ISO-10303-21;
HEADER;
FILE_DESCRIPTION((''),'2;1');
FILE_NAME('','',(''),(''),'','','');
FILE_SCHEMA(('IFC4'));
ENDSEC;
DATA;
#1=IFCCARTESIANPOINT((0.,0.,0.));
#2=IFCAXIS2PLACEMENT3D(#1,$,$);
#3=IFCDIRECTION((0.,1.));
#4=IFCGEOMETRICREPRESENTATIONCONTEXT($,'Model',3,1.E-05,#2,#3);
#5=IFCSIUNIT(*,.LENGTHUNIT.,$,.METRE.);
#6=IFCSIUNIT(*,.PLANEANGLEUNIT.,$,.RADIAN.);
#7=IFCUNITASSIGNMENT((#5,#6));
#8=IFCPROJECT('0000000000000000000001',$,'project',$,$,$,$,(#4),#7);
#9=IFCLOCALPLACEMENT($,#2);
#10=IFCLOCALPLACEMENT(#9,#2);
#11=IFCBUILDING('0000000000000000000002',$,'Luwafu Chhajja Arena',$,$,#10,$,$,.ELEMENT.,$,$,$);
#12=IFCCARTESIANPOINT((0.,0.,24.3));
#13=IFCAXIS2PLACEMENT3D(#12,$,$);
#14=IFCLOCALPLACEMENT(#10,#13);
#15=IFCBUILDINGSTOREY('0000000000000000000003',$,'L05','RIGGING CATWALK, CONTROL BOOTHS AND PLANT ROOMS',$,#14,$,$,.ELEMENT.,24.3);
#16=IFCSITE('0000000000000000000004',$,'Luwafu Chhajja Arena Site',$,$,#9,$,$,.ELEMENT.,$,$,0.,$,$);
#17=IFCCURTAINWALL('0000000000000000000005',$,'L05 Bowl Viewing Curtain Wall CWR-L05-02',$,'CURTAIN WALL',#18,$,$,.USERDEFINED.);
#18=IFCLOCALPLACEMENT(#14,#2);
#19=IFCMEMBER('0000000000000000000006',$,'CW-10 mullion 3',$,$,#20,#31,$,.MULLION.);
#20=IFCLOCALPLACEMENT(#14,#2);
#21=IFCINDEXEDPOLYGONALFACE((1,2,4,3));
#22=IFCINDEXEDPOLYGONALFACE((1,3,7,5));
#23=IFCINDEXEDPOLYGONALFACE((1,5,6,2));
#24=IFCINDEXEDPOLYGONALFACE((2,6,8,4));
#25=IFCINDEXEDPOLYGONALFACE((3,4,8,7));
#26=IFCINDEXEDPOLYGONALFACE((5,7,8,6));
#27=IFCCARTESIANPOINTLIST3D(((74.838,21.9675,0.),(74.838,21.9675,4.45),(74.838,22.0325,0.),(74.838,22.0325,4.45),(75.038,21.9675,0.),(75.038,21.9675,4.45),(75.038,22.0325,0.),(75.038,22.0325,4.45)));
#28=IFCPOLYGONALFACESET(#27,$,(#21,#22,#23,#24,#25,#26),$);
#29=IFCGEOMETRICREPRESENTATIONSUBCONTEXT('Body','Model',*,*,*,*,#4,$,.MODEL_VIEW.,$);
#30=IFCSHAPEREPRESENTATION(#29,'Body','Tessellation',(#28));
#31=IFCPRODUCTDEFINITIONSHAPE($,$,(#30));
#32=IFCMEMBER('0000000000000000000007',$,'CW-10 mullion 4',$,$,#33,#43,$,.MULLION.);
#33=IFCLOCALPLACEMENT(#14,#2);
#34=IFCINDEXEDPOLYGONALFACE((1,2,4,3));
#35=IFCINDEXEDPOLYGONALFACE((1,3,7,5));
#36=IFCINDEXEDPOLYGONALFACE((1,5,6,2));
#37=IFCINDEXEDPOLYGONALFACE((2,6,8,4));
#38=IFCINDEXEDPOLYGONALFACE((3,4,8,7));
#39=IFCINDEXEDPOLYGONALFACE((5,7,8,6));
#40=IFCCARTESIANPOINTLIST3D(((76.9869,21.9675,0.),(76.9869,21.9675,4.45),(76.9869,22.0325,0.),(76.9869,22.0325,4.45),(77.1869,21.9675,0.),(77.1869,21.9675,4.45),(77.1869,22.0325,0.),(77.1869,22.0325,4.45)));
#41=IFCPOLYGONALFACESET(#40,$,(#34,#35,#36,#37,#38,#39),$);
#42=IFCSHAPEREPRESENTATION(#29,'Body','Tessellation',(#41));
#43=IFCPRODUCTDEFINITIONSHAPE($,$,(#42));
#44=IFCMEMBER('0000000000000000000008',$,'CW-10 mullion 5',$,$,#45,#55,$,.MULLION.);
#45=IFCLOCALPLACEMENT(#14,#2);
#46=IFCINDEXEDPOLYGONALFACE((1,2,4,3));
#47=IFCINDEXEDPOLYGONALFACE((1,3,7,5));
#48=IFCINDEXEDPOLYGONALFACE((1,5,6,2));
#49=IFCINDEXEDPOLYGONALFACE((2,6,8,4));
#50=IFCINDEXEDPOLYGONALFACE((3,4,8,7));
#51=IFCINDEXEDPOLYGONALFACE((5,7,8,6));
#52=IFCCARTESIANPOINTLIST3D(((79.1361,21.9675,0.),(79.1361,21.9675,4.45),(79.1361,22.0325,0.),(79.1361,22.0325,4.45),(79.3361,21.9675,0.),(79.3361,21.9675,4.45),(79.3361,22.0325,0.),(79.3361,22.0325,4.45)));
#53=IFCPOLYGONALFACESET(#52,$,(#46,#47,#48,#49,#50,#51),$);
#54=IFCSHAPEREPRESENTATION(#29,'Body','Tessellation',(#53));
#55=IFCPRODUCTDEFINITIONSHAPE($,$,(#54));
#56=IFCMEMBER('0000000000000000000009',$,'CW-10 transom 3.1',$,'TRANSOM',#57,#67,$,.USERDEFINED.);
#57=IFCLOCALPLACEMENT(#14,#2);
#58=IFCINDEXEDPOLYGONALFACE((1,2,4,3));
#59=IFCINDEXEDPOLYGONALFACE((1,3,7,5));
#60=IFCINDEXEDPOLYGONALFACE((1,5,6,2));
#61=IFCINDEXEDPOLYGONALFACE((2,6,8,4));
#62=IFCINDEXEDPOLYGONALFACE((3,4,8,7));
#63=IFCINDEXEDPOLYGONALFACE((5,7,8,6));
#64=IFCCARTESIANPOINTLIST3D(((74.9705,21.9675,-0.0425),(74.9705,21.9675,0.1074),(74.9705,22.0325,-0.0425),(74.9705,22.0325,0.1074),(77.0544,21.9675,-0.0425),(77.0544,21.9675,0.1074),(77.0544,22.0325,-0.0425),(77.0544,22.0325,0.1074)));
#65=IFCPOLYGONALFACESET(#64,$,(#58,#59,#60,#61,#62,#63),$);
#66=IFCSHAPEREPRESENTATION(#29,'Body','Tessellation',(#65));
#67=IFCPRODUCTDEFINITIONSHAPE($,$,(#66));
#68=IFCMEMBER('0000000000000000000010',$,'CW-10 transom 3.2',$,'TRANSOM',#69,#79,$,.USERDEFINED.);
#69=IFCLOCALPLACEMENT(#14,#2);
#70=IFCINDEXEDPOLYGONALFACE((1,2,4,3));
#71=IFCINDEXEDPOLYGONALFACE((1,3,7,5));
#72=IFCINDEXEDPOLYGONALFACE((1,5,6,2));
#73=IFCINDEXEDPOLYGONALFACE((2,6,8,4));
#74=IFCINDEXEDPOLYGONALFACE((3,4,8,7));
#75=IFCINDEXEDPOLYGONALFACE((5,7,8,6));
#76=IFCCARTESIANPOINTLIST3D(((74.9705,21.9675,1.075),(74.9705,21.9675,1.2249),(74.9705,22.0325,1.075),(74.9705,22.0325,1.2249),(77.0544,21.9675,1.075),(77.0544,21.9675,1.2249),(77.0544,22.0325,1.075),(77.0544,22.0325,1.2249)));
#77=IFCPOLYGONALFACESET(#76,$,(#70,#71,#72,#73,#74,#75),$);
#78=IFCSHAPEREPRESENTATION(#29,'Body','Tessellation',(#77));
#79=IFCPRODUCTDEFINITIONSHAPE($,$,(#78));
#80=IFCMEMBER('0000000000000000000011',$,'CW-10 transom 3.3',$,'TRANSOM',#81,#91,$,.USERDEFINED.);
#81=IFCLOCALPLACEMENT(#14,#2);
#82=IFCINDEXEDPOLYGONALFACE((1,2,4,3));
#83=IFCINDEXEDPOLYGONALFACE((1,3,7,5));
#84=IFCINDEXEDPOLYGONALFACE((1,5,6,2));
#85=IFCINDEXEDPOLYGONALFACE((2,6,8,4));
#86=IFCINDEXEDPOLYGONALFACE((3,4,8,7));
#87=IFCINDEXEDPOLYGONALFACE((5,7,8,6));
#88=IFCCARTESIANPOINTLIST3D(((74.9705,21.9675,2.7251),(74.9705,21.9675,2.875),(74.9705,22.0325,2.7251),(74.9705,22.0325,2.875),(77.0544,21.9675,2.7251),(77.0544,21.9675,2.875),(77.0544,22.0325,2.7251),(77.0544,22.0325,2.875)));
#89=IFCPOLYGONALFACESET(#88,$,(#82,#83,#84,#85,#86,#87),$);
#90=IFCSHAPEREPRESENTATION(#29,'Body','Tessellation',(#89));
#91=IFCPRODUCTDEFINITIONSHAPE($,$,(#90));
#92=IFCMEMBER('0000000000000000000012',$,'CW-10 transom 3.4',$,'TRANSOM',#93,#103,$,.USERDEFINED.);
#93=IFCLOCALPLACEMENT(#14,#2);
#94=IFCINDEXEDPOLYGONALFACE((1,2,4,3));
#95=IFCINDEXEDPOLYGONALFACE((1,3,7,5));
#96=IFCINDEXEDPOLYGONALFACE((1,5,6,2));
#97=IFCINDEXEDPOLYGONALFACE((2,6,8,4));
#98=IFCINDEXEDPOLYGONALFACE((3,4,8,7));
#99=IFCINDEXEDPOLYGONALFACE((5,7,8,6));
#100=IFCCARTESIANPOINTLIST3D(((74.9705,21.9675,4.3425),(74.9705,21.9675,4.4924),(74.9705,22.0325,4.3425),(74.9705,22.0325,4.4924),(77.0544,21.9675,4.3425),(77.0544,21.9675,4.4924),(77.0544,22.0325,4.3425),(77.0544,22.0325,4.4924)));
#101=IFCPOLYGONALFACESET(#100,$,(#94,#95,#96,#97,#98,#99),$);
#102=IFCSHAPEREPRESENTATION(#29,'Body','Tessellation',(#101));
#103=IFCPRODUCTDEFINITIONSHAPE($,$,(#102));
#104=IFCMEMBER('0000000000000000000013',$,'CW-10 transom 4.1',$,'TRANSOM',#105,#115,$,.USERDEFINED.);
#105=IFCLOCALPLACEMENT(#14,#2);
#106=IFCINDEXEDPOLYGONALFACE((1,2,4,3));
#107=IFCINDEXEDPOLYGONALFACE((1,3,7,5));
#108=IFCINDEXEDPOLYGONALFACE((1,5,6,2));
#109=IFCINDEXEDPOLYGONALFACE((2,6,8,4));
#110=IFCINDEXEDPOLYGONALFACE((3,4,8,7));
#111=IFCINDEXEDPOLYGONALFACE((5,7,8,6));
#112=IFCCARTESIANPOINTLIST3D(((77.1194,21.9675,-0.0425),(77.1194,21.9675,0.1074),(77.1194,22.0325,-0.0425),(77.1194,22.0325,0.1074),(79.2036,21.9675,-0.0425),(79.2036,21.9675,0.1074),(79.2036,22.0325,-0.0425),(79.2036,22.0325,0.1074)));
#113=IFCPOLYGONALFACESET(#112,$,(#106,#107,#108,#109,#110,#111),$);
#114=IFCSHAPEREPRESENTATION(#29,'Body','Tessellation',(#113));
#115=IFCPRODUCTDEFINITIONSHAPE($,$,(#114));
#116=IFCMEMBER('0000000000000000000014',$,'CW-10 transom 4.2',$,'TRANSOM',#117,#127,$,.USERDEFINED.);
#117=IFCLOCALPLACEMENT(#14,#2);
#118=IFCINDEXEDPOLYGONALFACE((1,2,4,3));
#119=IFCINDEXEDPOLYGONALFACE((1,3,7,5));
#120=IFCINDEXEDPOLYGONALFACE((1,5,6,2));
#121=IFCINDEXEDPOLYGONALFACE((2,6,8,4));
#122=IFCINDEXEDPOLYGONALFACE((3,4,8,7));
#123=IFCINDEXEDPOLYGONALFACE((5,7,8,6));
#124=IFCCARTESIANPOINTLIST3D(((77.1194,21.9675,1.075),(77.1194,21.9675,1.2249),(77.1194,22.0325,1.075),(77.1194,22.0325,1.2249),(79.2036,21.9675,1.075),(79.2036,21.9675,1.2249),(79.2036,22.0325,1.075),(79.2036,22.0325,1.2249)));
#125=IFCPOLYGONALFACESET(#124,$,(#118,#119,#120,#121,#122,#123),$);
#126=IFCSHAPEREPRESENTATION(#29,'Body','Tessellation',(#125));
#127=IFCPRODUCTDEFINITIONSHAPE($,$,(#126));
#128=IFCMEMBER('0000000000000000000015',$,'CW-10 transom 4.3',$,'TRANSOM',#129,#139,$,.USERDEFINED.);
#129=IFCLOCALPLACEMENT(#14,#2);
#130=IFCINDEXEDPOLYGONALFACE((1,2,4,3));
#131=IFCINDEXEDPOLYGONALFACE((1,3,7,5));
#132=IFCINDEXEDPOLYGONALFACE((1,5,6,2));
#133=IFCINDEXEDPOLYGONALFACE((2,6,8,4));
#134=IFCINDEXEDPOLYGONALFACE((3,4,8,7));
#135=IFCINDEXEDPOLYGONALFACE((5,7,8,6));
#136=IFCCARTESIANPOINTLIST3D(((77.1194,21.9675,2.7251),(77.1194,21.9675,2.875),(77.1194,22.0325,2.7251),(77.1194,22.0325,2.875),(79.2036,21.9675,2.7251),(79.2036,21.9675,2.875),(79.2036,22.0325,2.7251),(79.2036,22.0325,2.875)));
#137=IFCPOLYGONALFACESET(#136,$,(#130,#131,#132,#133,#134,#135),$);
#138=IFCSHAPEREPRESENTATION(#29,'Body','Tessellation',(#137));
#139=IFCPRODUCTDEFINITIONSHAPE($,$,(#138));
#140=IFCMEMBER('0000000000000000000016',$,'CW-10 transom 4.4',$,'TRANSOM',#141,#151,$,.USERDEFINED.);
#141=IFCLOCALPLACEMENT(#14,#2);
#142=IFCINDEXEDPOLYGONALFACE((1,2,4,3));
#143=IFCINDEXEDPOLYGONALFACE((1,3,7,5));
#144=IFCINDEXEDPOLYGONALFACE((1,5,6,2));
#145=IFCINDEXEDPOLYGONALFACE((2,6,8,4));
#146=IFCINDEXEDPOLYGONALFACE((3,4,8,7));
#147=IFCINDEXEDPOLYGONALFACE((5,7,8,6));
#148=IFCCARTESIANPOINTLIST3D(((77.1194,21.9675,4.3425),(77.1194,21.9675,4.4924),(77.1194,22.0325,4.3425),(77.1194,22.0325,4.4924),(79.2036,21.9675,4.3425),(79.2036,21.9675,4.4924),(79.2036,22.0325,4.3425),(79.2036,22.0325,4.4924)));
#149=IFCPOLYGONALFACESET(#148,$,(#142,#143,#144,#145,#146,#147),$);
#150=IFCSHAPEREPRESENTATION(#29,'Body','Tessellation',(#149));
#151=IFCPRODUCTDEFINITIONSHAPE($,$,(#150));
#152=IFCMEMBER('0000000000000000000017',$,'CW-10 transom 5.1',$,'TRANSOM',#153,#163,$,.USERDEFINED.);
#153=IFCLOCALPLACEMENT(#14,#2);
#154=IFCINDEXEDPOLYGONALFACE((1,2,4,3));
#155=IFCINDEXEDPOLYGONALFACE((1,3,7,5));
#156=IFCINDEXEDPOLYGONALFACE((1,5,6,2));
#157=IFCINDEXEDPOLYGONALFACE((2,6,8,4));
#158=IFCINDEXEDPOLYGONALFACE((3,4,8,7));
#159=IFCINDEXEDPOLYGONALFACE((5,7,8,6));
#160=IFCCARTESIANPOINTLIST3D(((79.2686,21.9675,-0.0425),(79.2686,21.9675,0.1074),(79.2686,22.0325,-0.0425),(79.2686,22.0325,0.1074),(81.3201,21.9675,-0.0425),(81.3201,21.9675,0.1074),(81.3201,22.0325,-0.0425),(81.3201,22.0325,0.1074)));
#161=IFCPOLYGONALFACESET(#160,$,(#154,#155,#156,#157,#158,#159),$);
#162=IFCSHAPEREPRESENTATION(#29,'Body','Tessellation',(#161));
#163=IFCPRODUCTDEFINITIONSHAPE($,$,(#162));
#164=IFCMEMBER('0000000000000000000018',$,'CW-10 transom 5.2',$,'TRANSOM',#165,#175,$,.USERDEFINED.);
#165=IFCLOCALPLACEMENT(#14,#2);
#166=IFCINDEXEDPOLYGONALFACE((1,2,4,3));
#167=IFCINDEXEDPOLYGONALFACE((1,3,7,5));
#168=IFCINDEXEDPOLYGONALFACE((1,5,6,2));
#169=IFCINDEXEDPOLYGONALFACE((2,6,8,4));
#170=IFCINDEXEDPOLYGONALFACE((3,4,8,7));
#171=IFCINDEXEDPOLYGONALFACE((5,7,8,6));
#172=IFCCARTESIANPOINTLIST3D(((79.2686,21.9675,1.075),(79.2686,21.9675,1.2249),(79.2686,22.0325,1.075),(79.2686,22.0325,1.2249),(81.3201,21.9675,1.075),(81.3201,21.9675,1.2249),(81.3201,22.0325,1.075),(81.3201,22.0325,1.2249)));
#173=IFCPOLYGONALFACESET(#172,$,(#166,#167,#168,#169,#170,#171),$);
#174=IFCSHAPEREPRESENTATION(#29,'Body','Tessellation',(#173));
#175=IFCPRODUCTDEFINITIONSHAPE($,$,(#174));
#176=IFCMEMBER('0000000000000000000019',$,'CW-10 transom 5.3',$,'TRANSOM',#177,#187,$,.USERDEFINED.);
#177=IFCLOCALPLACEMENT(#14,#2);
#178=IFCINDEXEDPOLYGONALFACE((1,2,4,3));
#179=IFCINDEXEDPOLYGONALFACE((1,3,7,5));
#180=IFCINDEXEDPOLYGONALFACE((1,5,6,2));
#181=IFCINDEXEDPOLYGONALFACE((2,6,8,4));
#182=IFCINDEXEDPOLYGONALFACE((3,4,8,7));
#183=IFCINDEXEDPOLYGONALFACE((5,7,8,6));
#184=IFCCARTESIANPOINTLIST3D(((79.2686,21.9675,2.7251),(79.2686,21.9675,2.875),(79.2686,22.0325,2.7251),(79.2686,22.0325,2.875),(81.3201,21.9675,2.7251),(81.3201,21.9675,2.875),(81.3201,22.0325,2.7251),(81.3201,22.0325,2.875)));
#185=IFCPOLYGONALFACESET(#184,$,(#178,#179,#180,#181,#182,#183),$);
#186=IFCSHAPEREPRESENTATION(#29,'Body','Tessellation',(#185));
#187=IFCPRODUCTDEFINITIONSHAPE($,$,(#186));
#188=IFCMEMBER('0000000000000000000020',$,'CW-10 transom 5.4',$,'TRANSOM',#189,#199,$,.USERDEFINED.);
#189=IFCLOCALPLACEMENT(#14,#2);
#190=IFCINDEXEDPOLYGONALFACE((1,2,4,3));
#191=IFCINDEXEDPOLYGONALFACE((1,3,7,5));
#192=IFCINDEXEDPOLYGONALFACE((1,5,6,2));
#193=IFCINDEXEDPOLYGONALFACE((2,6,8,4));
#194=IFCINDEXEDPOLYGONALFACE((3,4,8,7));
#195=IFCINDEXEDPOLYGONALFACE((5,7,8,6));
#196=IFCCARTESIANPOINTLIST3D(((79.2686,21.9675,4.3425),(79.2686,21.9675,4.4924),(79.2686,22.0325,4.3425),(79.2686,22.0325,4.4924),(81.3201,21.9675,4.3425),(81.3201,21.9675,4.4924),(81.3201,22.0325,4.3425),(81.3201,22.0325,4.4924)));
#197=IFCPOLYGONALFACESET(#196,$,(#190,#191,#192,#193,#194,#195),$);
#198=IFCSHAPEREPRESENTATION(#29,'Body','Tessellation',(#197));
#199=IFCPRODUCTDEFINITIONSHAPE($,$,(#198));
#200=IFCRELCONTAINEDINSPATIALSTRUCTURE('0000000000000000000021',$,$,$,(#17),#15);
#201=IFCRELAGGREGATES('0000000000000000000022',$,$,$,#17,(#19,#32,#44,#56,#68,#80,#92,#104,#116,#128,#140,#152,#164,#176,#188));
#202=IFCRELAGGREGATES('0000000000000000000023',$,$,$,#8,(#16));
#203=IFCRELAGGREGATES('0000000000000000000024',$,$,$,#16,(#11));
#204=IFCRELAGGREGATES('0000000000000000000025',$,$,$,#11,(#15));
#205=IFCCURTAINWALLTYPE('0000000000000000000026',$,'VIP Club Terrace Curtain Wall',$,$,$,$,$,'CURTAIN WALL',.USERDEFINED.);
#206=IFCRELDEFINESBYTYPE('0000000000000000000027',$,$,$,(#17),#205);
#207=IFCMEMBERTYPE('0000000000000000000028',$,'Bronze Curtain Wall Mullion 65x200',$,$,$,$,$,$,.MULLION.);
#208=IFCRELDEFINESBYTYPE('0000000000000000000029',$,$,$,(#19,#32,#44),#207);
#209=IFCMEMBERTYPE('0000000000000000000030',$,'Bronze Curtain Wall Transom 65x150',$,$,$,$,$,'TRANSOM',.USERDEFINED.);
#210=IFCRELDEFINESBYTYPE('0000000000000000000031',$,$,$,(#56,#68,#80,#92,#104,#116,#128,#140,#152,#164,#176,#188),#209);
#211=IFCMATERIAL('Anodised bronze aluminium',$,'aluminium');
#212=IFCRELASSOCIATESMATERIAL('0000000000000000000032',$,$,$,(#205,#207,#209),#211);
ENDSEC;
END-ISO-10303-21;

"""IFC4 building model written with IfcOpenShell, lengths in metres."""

from ifc_helpers import new_model, si_unit, direction, frame, origin, origin_2d, place, context, subcontext, project, spatial, rectangle, extrude, material, material_profile, profile_set, type_object, element, aggregate, save


model = new_model("IFC4")

# Units and contexts
model_context = context("Model", 3, precision=1e-05, world=origin(), true_north=direction((0.0, 1.0)))
body_context = subcontext(model_context, "Body", "Model", "MODEL_VIEW")
ifc_project = project(units=[si_unit("LENGTHUNIT", "METRE"), si_unit("PLANEANGLEUNIT", "RADIAN")], contexts=[model_context])

# Site, building, storey
site_placement = place(None, origin())
site = spatial("IfcSite", under=ifc_project, at=site_placement, Name="Luwafu Chhajja Arena Site", CompositionType="ELEMENT", RefElevation=0.0)
building_placement = place(site_placement, origin())
building = spatial("IfcBuilding", under=site, at=building_placement, Name="Luwafu Chhajja Arena", CompositionType="ELEMENT")
storey_placement = place(building_placement, frame((0.0, 0.0, 24.3)))
storey = spatial("IfcBuildingStorey", under=building, at=storey_placement, Name="L05", Description="RIGGING CATWALK, CONTROL BOOTHS AND PLANT ROOMS", CompositionType="ELEMENT", Elevation=24.3)

# Curtain wall, members
ifc_material_1 = material(Name="Anodised bronze aluminium", Category="aluminium")
curtain_wall_type = type_object("IfcCurtainWallType", Name="VIP Club Terrace Curtain Wall", ElementType="CURTAIN WALL", PredefinedType="USERDEFINED", material=ifc_material_1)
curtain_wall_placement = place(storey_placement, origin())
curtain_wall = element("IfcCurtainWall", 1, at=curtain_wall_placement, inside=storey, type_object=curtain_wall_type, Name="L05 Bowl Viewing Curtain Wall CWR-L05-02", ObjectType="CURTAIN WALL", PredefinedType="USERDEFINED")
ifc_material_profile_1 = material_profile(ifc_material_1, rectangle(XDim=0.0649, YDim=0.2, at=origin_2d()), Name="CWM 65x200")
ifc_profile_set_1 = profile_set([ifc_material_profile_1], Name="Anodised bronze aluminium")
member_type_1 = type_object("IfcMemberType", Name="Bronze Curtain Wall Mullion 65x200", PredefinedType="MULLION", material=ifc_profile_set_1)
member_1_placement = place(storey_placement, frame((74.938, 22.0, 0.0), z_axis=(0.0, 0.0, 1.0), x_axis=(0.0, 1.0, 0.0)))
member_1 = element("IfcMember", 2, at=member_1_placement, type_object=member_type_1, Name="CW-10 mullion 3", PredefinedType="MULLION", context=body_context, shape_type="SweptSolid", body=[
    extrude(rectangle(XDim=0.0649, YDim=0.2, at=origin_2d()), origin(), (0.0, 0.0, 1.0), 4.45),
])
member_2_placement = place(storey_placement, frame((77.0869, 22.0, 0.0), z_axis=(0.0, 0.0, 1.0), x_axis=(0.0, 1.0, 0.0)))
member_2 = element("IfcMember", 3, at=member_2_placement, type_object=member_type_1, Name="CW-10 mullion 4", PredefinedType="MULLION", context=body_context, shape_type="SweptSolid", body=[
    extrude(rectangle(XDim=0.0649, YDim=0.2, at=origin_2d()), origin(), (0.0, 0.0, 1.0), 4.45),
])
member_3_placement = place(storey_placement, frame((79.2361, 22.0, 0.0), z_axis=(0.0, 0.0, 1.0), x_axis=(0.0, 1.0, 0.0)))
member_3 = element("IfcMember", 4, at=member_3_placement, type_object=member_type_1, Name="CW-10 mullion 5", PredefinedType="MULLION", context=body_context, shape_type="SweptSolid", body=[
    extrude(rectangle(XDim=0.0649, YDim=0.2, at=origin_2d()), origin(), (0.0, 0.0, 1.0), 4.45),
])
ifc_material_profile_2 = material_profile(ifc_material_1, rectangle(XDim=0.0649, YDim=0.1499, at=origin_2d()), Name="CWT 65x150")
ifc_profile_set_2 = profile_set([ifc_material_profile_2], Name="Anodised bronze aluminium")
member_type_2 = type_object("IfcMemberType", Name="Bronze Curtain Wall Transom 65x150", ElementType="TRANSOM", PredefinedType="USERDEFINED", material=ifc_profile_set_2)
member_4_placement = place(storey_placement, frame((74.9705, 22.0, 0.0325), z_axis=(1.0, 0.0, 0.0), x_axis=(0.0, 1.0, 0.0)))
member_4 = element("IfcMember", 5, at=member_4_placement, type_object=member_type_2, Name="CW-10 transom 3.1", ObjectType="TRANSOM", PredefinedType="USERDEFINED", context=body_context, shape_type="SweptSolid", body=[
    extrude(rectangle(XDim=0.0649, YDim=0.1499, at=origin_2d()), origin(), (0.0, 0.0, 1.0), 2.084),
])
member_5_placement = place(storey_placement, frame((74.9705, 22.0, 1.1499), z_axis=(1.0, 0.0, 0.0), x_axis=(0.0, 1.0, 0.0)))
member_5 = element("IfcMember", 6, at=member_5_placement, type_object=member_type_2, Name="CW-10 transom 3.2", ObjectType="TRANSOM", PredefinedType="USERDEFINED", context=body_context, shape_type="SweptSolid", body=[
    extrude(rectangle(XDim=0.0649, YDim=0.1499, at=origin_2d()), origin(), (0.0, 0.0, 1.0), 2.084),
])
member_6_placement = place(storey_placement, frame((74.9705, 22.0, 2.8), z_axis=(1.0, 0.0, 0.0), x_axis=(0.0, 1.0, 0.0)))
member_6 = element("IfcMember", 7, at=member_6_placement, type_object=member_type_2, Name="CW-10 transom 3.3", ObjectType="TRANSOM", PredefinedType="USERDEFINED", context=body_context, shape_type="SweptSolid", body=[
    extrude(rectangle(XDim=0.0649, YDim=0.1499, at=origin_2d()), origin(), (0.0, 0.0, 1.0), 2.084),
])
member_7_placement = place(storey_placement, frame((74.9705, 22.0, 4.4175), z_axis=(1.0, 0.0, 0.0), x_axis=(0.0, 1.0, 0.0)))
member_7 = element("IfcMember", 8, at=member_7_placement, type_object=member_type_2, Name="CW-10 transom 3.4", ObjectType="TRANSOM", PredefinedType="USERDEFINED", context=body_context, shape_type="SweptSolid", body=[
    extrude(rectangle(XDim=0.0649, YDim=0.1499, at=origin_2d()), origin(), (0.0, 0.0, 1.0), 2.084),
])
member_8_placement = place(storey_placement, frame((77.1194, 22.0, 0.0325), z_axis=(1.0, 0.0, 0.0), x_axis=(0.0, 1.0, 0.0)))
member_8 = element("IfcMember", 9, at=member_8_placement, type_object=member_type_2, Name="CW-10 transom 4.1", ObjectType="TRANSOM", PredefinedType="USERDEFINED", context=body_context, shape_type="SweptSolid", body=[
    extrude(rectangle(XDim=0.0649, YDim=0.1499, at=origin_2d()), origin(), (0.0, 0.0, 1.0), 2.0842),
])
member_9_placement = place(storey_placement, frame((77.1194, 22.0, 1.1499), z_axis=(1.0, 0.0, 0.0), x_axis=(0.0, 1.0, 0.0)))
member_9 = element("IfcMember", 10, at=member_9_placement, type_object=member_type_2, Name="CW-10 transom 4.2", ObjectType="TRANSOM", PredefinedType="USERDEFINED", context=body_context, shape_type="SweptSolid", body=[
    extrude(rectangle(XDim=0.0649, YDim=0.1499, at=origin_2d()), origin(), (0.0, 0.0, 1.0), 2.0842),
])
member_10_placement = place(storey_placement, frame((77.1194, 22.0, 2.8), z_axis=(1.0, 0.0, 0.0), x_axis=(0.0, 1.0, 0.0)))
member_10 = element("IfcMember", 11, at=member_10_placement, type_object=member_type_2, Name="CW-10 transom 4.3", ObjectType="TRANSOM", PredefinedType="USERDEFINED", context=body_context, shape_type="SweptSolid", body=[
    extrude(rectangle(XDim=0.0649, YDim=0.1499, at=origin_2d()), origin(), (0.0, 0.0, 1.0), 2.0842),
])
member_11_placement = place(storey_placement, frame((77.1194, 22.0, 4.4175), z_axis=(1.0, 0.0, 0.0), x_axis=(0.0, 1.0, 0.0)))
member_11 = element("IfcMember", 12, at=member_11_placement, type_object=member_type_2, Name="CW-10 transom 4.4", ObjectType="TRANSOM", PredefinedType="USERDEFINED", context=body_context, shape_type="SweptSolid", body=[
    extrude(rectangle(XDim=0.0649, YDim=0.1499, at=origin_2d()), origin(), (0.0, 0.0, 1.0), 2.0842),
])
member_12_placement = place(storey_placement, frame((79.2686, 22.0, 0.0325), z_axis=(1.0, 0.0, 0.0), x_axis=(0.0, 1.0, 0.0)))
member_12 = element("IfcMember", 13, at=member_12_placement, type_object=member_type_2, Name="CW-10 transom 5.1", ObjectType="TRANSOM", PredefinedType="USERDEFINED", context=body_context, shape_type="SweptSolid", body=[
    extrude(rectangle(XDim=0.0649, YDim=0.1499, at=origin_2d()), origin(), (0.0, 0.0, 1.0), 2.0515),
])
member_13_placement = place(storey_placement, frame((79.2686, 22.0, 1.1499), z_axis=(1.0, 0.0, 0.0), x_axis=(0.0, 1.0, 0.0)))
member_13 = element("IfcMember", 14, at=member_13_placement, type_object=member_type_2, Name="CW-10 transom 5.2", ObjectType="TRANSOM", PredefinedType="USERDEFINED", context=body_context, shape_type="SweptSolid", body=[
    extrude(rectangle(XDim=0.0649, YDim=0.1499, at=origin_2d()), origin(), (0.0, 0.0, 1.0), 2.0515),
])
member_14_placement = place(storey_placement, frame((79.2686, 22.0, 2.8), z_axis=(1.0, 0.0, 0.0), x_axis=(0.0, 1.0, 0.0)))
member_14 = element("IfcMember", 15, at=member_14_placement, type_object=member_type_2, Name="CW-10 transom 5.3", ObjectType="TRANSOM", PredefinedType="USERDEFINED", context=body_context, shape_type="SweptSolid", body=[
    extrude(rectangle(XDim=0.0649, YDim=0.1499, at=origin_2d()), origin(), (0.0, 0.0, 1.0), 2.0515),
])
member_15_placement = place(storey_placement, frame((79.2686, 22.0, 4.4175), z_axis=(1.0, 0.0, 0.0), x_axis=(0.0, 1.0, 0.0)))
member_15 = element("IfcMember", 16, at=member_15_placement, type_object=member_type_2, Name="CW-10 transom 5.4", ObjectType="TRANSOM", PredefinedType="USERDEFINED", context=body_context, shape_type="SweptSolid", body=[
    extrude(rectangle(XDim=0.0649, YDim=0.1499, at=origin_2d()), origin(), (0.0, 0.0, 1.0), 2.0515),
])
aggregate(curtain_wall, [member_1, member_2, member_3, member_4, member_5, member_6, member_7, member_8, member_9, member_10, member_11, member_12, member_13, member_14, member_15])

save(model, "model.ifc")
